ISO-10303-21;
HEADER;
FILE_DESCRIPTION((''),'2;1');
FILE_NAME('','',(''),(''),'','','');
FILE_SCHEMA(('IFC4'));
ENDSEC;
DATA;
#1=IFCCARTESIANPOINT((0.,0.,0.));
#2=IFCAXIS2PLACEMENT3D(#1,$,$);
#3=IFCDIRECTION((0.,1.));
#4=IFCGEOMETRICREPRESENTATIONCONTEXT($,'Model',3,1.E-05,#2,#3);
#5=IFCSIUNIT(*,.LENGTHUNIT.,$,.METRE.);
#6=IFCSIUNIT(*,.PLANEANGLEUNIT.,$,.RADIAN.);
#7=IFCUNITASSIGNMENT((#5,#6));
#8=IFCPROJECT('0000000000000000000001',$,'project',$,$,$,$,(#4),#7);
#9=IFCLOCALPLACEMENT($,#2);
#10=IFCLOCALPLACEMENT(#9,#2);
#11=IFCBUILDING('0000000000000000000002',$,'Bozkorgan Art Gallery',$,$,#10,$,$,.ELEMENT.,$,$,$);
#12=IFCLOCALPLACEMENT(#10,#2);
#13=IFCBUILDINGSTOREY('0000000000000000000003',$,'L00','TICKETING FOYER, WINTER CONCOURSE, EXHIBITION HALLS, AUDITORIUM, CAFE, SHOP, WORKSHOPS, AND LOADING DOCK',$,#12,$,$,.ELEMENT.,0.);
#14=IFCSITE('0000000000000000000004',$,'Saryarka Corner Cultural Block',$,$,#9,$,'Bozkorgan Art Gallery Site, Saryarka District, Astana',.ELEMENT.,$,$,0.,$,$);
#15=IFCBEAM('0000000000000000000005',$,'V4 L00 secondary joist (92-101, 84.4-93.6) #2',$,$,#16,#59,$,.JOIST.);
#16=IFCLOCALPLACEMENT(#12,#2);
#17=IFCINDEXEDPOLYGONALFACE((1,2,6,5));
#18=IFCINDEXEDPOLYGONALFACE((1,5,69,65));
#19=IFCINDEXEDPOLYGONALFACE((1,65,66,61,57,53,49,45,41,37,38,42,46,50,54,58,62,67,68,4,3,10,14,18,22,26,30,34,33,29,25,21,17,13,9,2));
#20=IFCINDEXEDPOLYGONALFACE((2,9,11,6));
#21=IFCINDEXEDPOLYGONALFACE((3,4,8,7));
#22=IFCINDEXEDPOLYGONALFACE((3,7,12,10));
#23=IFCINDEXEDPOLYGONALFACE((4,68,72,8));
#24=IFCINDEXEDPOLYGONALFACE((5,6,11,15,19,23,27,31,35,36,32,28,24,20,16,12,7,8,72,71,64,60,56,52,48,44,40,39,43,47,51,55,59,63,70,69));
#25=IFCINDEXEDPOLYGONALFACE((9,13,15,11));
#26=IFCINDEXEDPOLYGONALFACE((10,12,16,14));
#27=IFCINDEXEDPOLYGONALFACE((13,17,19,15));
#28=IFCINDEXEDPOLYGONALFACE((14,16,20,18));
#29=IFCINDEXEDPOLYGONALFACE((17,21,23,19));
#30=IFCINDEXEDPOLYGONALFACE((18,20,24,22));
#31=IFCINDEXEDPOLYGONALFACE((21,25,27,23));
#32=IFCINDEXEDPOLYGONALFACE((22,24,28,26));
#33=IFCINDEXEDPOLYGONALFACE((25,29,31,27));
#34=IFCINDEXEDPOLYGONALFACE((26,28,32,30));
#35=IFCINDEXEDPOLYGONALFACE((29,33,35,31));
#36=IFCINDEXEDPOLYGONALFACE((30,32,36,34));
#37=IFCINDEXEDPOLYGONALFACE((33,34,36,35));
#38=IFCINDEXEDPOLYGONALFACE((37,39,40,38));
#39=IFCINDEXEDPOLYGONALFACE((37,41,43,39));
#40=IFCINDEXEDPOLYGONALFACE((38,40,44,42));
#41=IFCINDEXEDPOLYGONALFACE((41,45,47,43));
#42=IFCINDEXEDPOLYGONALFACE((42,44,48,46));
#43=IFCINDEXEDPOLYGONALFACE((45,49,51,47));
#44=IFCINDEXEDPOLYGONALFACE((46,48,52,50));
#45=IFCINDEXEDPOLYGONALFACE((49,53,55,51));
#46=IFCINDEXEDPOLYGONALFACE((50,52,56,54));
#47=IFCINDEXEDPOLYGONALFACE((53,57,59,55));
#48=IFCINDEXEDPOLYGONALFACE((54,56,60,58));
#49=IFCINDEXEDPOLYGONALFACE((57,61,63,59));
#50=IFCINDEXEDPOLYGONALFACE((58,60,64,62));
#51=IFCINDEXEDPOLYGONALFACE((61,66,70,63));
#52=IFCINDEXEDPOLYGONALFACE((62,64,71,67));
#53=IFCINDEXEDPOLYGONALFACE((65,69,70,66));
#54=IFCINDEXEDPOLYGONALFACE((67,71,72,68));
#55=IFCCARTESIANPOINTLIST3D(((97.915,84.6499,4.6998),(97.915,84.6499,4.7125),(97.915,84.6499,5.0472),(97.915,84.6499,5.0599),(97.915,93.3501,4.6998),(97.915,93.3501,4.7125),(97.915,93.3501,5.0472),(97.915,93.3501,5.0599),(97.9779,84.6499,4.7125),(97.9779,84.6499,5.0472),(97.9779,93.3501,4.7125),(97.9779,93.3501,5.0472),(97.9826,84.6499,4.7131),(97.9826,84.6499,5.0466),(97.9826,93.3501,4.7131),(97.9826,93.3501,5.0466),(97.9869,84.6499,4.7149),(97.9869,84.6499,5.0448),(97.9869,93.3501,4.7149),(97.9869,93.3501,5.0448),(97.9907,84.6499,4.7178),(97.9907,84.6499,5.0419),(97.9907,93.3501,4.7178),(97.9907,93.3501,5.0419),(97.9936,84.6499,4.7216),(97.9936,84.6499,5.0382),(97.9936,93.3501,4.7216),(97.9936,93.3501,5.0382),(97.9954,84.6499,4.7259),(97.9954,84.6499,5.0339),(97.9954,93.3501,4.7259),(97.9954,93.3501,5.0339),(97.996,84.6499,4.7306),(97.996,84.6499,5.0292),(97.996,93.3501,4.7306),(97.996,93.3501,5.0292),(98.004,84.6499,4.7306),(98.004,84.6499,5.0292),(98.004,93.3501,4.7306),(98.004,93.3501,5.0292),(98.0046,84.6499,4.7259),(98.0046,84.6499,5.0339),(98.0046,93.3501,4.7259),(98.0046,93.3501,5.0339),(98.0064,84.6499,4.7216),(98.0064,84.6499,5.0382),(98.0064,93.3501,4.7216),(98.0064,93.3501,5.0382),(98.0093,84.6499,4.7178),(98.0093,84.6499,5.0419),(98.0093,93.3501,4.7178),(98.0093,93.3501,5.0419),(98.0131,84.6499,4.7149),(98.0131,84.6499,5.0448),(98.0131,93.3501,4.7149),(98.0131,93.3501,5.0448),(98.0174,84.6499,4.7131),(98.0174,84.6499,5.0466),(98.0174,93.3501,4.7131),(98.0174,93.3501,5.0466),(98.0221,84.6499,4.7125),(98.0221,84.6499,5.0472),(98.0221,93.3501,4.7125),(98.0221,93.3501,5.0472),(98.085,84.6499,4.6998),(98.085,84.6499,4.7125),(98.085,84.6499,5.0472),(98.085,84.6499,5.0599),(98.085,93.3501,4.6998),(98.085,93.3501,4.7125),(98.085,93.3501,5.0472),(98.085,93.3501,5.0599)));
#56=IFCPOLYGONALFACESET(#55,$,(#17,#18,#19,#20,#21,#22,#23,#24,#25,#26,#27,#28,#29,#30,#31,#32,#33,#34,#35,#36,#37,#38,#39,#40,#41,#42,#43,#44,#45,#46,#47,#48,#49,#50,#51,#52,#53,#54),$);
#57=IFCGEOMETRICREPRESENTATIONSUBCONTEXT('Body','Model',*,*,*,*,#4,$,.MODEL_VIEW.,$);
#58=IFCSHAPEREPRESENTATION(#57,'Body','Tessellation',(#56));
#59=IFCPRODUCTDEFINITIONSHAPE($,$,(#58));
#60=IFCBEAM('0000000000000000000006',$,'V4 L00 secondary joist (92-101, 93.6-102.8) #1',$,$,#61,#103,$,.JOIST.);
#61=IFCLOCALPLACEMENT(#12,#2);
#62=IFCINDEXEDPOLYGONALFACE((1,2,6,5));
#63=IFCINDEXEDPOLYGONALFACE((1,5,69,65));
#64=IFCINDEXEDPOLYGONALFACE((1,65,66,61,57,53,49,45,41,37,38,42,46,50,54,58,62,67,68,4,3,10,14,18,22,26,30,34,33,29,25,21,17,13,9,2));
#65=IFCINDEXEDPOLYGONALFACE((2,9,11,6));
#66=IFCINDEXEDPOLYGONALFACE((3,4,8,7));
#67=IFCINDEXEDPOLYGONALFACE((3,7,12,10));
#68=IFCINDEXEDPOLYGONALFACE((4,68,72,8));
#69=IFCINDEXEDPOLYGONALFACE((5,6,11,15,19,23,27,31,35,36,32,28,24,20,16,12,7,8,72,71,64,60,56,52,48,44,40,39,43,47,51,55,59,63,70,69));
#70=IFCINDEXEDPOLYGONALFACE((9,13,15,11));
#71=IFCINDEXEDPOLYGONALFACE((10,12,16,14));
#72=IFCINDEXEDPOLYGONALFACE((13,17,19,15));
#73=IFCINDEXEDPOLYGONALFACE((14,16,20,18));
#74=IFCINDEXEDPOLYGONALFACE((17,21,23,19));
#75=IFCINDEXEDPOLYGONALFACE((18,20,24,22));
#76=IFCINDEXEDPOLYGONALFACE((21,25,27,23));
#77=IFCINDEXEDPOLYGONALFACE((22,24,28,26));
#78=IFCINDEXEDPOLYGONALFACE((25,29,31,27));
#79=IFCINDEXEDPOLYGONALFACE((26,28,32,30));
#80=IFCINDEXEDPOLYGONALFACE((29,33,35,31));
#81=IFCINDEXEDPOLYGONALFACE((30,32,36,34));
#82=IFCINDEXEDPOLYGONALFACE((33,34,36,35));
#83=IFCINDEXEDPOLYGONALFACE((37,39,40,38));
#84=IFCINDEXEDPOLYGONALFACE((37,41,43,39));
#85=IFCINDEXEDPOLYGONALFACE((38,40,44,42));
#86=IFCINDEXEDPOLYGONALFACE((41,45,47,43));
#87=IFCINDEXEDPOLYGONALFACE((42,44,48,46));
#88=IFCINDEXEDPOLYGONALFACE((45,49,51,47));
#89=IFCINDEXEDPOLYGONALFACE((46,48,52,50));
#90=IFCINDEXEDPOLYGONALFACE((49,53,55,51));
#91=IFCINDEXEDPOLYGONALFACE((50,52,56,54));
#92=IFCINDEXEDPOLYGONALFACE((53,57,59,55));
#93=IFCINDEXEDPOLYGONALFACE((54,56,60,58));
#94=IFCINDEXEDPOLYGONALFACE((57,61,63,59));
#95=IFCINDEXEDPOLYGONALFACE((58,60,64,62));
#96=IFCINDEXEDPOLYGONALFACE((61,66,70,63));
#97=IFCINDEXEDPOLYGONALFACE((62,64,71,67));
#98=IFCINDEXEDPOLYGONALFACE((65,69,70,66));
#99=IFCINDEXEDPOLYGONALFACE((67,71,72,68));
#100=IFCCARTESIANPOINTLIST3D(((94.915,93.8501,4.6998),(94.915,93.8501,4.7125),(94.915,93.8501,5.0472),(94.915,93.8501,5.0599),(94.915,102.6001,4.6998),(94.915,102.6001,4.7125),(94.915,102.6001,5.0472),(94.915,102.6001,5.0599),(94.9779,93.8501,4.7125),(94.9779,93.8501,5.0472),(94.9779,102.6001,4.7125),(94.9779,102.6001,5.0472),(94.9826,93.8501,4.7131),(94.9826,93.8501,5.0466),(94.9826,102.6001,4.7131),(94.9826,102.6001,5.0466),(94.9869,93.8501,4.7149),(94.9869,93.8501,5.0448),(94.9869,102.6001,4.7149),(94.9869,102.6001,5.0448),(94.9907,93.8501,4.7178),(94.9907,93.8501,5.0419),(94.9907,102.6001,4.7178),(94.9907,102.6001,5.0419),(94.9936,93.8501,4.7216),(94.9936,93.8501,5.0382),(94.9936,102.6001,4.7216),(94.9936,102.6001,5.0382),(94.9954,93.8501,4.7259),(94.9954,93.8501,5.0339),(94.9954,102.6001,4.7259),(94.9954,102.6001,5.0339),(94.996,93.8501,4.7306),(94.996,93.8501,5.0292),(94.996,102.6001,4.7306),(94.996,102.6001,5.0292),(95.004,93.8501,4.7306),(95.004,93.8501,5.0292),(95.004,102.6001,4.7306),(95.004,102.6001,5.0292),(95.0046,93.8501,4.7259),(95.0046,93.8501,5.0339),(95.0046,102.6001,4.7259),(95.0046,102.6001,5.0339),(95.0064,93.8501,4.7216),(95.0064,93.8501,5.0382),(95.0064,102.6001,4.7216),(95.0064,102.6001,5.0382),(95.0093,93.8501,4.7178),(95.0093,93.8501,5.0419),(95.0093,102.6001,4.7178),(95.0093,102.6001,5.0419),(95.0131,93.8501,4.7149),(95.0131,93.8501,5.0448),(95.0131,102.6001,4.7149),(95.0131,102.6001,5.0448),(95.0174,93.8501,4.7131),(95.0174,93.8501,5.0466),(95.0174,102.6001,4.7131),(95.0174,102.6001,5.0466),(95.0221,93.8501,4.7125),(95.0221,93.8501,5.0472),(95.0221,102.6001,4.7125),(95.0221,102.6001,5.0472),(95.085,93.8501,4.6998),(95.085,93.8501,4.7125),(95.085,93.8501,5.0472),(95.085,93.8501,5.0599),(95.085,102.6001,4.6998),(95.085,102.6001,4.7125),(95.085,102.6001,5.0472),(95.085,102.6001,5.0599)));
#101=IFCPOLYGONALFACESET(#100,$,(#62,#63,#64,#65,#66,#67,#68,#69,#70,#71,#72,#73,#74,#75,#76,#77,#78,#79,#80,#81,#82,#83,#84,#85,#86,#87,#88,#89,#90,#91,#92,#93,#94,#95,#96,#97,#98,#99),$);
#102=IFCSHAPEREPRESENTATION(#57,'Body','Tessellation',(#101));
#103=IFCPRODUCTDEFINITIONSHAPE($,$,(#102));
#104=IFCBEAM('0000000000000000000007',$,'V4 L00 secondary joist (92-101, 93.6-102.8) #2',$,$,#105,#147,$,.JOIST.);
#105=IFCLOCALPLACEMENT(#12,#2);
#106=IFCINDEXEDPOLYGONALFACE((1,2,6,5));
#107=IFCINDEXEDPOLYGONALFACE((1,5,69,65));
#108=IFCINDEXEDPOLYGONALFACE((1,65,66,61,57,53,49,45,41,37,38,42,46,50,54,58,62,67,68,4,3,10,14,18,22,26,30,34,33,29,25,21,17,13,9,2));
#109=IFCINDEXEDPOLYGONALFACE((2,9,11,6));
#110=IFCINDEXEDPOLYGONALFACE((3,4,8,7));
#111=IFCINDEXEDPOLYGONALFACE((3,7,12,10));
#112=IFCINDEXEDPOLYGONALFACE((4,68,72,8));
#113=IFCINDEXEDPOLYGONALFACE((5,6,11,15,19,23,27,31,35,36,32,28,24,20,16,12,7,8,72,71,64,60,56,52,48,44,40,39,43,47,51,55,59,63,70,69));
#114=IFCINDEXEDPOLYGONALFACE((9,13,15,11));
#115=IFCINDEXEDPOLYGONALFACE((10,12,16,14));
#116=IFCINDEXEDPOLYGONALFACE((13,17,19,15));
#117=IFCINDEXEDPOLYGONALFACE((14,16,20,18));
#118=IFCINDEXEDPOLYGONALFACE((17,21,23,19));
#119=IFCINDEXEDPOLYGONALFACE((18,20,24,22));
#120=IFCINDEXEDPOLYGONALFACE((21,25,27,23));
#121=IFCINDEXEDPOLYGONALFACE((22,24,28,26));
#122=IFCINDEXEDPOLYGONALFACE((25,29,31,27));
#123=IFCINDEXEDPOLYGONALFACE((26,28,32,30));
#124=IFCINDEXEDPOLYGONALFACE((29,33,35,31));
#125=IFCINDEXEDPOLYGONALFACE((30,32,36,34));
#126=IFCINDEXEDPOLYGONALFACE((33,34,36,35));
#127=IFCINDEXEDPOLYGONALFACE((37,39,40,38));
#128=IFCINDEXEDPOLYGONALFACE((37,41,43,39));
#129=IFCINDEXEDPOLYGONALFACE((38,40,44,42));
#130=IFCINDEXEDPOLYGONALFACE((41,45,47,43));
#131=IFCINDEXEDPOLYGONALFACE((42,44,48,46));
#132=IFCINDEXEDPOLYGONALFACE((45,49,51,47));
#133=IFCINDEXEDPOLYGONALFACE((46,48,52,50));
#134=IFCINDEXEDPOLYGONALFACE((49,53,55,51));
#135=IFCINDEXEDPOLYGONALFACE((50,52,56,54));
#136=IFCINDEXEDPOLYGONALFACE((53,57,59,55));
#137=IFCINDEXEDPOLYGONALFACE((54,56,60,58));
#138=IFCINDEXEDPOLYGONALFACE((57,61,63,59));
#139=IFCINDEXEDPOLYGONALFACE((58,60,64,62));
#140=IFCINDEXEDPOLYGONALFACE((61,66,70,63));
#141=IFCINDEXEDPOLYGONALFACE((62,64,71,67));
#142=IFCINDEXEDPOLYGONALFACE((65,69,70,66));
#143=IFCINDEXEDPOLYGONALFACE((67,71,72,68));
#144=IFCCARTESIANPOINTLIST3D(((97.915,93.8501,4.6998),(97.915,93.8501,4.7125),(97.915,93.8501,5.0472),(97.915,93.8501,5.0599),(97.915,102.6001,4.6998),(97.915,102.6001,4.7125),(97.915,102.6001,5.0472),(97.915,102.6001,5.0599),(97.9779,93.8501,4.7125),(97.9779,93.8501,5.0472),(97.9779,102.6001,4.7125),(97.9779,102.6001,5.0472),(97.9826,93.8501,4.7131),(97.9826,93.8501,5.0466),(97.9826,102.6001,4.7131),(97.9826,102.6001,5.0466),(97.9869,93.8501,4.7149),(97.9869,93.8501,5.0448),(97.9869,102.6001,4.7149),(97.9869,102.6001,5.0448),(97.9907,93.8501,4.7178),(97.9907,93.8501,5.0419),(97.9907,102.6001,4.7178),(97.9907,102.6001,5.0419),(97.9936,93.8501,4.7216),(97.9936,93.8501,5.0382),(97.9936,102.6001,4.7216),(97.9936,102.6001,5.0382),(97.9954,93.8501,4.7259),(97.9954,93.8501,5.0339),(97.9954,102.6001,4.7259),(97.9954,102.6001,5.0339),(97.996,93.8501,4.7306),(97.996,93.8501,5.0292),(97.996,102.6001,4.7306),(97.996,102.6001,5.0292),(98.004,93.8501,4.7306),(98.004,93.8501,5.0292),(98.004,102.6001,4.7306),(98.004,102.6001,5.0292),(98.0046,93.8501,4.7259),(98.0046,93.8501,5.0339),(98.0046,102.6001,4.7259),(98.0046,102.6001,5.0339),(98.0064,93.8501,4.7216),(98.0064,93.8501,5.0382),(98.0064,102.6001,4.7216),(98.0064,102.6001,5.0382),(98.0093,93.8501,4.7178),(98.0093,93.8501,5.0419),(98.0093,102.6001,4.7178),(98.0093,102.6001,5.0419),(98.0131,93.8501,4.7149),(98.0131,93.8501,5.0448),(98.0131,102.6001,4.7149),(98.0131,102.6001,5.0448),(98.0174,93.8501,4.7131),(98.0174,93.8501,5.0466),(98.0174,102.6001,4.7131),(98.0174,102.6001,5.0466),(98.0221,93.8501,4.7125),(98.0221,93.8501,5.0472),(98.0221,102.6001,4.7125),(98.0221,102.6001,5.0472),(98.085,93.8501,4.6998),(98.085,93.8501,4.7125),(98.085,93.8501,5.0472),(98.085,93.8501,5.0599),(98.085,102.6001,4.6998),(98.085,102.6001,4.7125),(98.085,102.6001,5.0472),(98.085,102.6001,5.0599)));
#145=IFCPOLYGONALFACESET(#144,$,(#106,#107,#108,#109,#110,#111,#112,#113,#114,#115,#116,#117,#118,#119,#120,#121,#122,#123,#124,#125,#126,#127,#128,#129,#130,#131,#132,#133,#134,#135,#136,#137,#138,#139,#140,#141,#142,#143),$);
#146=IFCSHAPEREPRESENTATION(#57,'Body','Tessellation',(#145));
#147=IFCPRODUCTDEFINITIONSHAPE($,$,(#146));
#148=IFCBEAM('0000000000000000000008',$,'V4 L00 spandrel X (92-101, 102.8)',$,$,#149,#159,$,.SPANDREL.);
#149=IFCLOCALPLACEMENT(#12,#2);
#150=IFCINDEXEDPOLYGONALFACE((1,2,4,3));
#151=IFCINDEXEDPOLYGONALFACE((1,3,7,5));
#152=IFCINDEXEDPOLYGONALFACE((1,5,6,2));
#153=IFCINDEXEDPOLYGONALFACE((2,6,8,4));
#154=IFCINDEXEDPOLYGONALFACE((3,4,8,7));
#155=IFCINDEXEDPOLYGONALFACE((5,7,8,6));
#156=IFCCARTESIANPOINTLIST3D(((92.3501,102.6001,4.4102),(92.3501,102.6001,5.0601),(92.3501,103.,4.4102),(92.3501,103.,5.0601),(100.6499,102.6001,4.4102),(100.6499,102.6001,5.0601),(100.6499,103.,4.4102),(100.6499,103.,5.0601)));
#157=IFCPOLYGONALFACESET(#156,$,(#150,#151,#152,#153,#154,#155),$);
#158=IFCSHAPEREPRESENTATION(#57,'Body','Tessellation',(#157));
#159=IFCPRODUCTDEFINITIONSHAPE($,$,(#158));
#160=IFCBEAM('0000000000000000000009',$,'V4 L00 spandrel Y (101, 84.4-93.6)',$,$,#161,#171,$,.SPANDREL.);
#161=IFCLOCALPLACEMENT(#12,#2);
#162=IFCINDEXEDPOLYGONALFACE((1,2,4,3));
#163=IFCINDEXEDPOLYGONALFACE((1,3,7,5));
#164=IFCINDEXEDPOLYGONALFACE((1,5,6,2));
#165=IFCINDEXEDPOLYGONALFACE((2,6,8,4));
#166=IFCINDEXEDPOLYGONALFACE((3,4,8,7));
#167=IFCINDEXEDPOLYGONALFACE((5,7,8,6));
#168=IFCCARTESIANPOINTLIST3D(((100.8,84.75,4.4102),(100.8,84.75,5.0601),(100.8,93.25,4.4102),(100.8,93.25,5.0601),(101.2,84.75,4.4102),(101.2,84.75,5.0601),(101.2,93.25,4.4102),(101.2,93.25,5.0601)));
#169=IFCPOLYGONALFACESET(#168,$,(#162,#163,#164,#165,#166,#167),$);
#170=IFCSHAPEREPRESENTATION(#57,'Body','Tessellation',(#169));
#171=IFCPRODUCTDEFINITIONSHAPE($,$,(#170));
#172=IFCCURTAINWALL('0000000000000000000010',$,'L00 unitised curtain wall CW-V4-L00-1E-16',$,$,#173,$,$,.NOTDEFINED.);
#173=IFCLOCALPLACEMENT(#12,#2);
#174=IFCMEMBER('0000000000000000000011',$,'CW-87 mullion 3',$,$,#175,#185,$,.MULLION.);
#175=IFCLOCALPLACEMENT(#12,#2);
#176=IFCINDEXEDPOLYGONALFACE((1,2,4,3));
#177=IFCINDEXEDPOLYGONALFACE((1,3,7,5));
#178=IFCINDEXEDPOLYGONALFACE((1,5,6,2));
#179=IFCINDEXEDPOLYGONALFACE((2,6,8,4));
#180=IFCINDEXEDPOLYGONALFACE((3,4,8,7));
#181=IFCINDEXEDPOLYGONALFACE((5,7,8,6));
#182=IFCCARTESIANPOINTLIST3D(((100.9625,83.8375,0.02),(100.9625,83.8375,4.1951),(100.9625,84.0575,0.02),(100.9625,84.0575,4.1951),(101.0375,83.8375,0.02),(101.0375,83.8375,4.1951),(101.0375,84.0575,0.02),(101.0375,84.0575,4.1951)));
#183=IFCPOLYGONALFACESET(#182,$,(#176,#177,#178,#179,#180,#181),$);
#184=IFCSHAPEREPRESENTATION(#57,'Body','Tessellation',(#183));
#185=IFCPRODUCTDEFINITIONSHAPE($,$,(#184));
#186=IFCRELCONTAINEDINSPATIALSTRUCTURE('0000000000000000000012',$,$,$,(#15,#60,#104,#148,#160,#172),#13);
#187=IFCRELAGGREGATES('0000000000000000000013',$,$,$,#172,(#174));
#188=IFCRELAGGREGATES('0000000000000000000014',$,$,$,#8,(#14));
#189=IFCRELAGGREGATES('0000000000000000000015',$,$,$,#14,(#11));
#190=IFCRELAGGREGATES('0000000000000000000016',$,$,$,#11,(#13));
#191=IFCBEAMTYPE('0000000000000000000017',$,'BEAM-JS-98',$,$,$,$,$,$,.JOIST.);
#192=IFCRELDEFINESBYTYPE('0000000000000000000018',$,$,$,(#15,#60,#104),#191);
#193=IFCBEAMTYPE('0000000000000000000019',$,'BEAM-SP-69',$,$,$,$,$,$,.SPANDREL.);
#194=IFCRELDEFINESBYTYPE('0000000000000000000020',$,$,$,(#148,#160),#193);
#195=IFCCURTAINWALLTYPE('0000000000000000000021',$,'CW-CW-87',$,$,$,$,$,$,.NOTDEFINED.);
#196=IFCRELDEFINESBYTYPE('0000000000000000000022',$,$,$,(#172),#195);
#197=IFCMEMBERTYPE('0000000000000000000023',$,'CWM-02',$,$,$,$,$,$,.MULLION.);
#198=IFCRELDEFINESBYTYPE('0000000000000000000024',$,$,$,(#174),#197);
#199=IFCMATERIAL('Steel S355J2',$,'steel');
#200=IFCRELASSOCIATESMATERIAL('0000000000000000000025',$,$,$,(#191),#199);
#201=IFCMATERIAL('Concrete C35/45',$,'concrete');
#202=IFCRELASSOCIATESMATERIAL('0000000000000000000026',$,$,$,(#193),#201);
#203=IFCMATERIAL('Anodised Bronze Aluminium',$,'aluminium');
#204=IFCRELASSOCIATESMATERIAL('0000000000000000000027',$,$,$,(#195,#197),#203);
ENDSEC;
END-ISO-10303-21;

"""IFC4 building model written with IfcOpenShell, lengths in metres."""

from ifc_helpers import new_model, si_unit, direction, frame, origin, origin_2d, place, context, subcontext, project, spatial, rectangle, i_section, extrude, material, material_profile, profile_set, type_object, element, aggregate, save


model = new_model("IFC4")

# Units and contexts
model_context = context("Model", 3, precision=1e-05, world=origin(), true_north=direction((0.0, 1.0)))
body_context = subcontext(model_context, "Body", "Model", "MODEL_VIEW")
ifc_project = project(units=[si_unit("LENGTHUNIT", "METRE"), si_unit("PLANEANGLEUNIT", "RADIAN")], contexts=[model_context])

# Site, building, storey
site_placement = place(None, origin())
site = spatial("IfcSite", under=ifc_project, at=site_placement, Name="Saryarka Corner Cultural Block", LongName="Bozkorgan Art Gallery Site, Saryarka District, Astana", CompositionType="ELEMENT", RefElevation=0.0)
building_placement = place(site_placement, origin())
building = spatial("IfcBuilding", under=site, at=building_placement, Name="Bozkorgan Art Gallery", CompositionType="ELEMENT")
storey_placement = place(building_placement, origin())
storey = spatial("IfcBuildingStorey", under=building, at=storey_placement, Name="L00", Description="TICKETING FOYER, WINTER CONCOURSE, EXHIBITION HALLS, AUDITORIUM, CAFE, SHOP, WORKSHOPS, AND LOADING DOCK", CompositionType="ELEMENT", Elevation=0.0)

# Beams
ifc_material_1 = material(Name="Concrete C35/45", Category="concrete")
ifc_material_2 = material(Name="Steel S355J2", Category="steel")
ifc_material_profile_1 = material_profile(ifc_material_2, i_section(OverallWidth=0.1699, OverallDepth=0.3601, WebThickness=0.0081, FlangeThickness=0.0127, FilletRadius=0.0181, at=origin_2d()), Name="IPE 360")
ifc_profile_set_1 = profile_set([ifc_material_profile_1], Name="Steel S355J2")
beam_type_1 = type_object("IfcBeamType", Name="BEAM-JS-98", PredefinedType="JOIST", material=ifc_profile_set_1)
for number, where, z_axis, x_axis, name in (
    (1, (98.0, 84.6499, 4.8799), (0.0, 1.0, 0.0), (-1.0, 0.0, 0.0), "V4 L00 secondary joist (92-101, 84.4-93.6) #2"),
):
    element("IfcBeam", number, at=place(storey_placement, frame(where, z_axis=z_axis, x_axis=x_axis)), inside=storey, type_object=beam_type_1, Name=name, PredefinedType="JOIST", context=body_context, shape_type="SweptSolid", body=[
        extrude(i_section(OverallWidth=0.1699, OverallDepth=0.3601, WebThickness=0.0081, FlangeThickness=0.0127, FilletRadius=0.0181, at=origin_2d()), origin(), (0.0, 0.0, 1.0), 8.7002),
    ])
for number, where, z_axis, x_axis, name in (
    (2, (95.0, 93.8501, 4.8799), (0.0, 1.0, 0.0), (-1.0, 0.0, 0.0), "V4 L00 secondary joist (92-101, 93.6-102.8) #1"),
    (3, (98.0, 93.8501, 4.8799), (0.0, 1.0, 0.0), (-1.0, 0.0, 0.0), "V4 L00 secondary joist (92-101, 93.6-102.8) #2"),
):
    element("IfcBeam", number, at=place(storey_placement, frame(where, z_axis=z_axis, x_axis=x_axis)), inside=storey, type_object=beam_type_1, Name=name, PredefinedType="JOIST", context=body_context, shape_type="SweptSolid", body=[
        extrude(i_section(OverallWidth=0.1699, OverallDepth=0.3601, WebThickness=0.0081, FlangeThickness=0.0127, FilletRadius=0.0181, at=origin_2d()), origin(), (0.0, 0.0, 1.0), 8.75),
    ])
ifc_material_profile_2 = material_profile(ifc_material_1, rectangle(XDim=0.3999, YDim=0.6499, at=origin_2d()), Name="RC 400x650")
ifc_profile_set_2 = profile_set([ifc_material_profile_2], Name="Concrete C35/45")
beam_type_2 = type_object("IfcBeamType", Name="BEAM-SP-69", PredefinedType="SPANDREL", material=ifc_profile_set_2)
beam_1_placement = place(storey_placement, frame((92.3501, 102.8, 4.7351), z_axis=(1.0, 0.0, 0.0), x_axis=(0.0, 1.0, 0.0)))
element("IfcBeam", 4, at=beam_1_placement, inside=storey, type_object=beam_type_2, Name="V4 L00 spandrel X (92-101, 102.8)", PredefinedType="SPANDREL", context=body_context, shape_type="SweptSolid", body=[
    extrude(rectangle(XDim=0.3999, YDim=0.6499, at=origin_2d()), origin(), (0.0, 0.0, 1.0), 8.2998),
])
beam_2_placement = place(storey_placement, frame((101.0, 84.75, 4.7351), z_axis=(0.0, 1.0, 0.0), x_axis=(-1.0, 0.0, 0.0)))
element("IfcBeam", 5, at=beam_2_placement, inside=storey, type_object=beam_type_2, Name="V4 L00 spandrel Y (101, 84.4-93.6)", PredefinedType="SPANDREL", context=body_context, shape_type="SweptSolid", body=[
    extrude(rectangle(XDim=0.3999, YDim=0.6499, at=origin_2d()), origin(), (0.0, 0.0, 1.0), 8.5),
])

# Curtain wall, member
ifc_material_3 = material(Name="Anodised Bronze Aluminium", Category="aluminium")
curtain_wall_type = type_object("IfcCurtainWallType", Name="CW-CW-87", PredefinedType="NOTDEFINED", material=ifc_material_3)
curtain_wall_placement = place(storey_placement, origin())
curtain_wall = element("IfcCurtainWall", 6, at=curtain_wall_placement, inside=storey, type_object=curtain_wall_type, Name="L00 unitised curtain wall CW-V4-L00-1E-16", PredefinedType="NOTDEFINED")
ifc_material_profile_3 = material_profile(ifc_material_3, rectangle(XDim=0.075, YDim=0.22, at=origin_2d()), Name="ALU MULLION 75x220")
ifc_profile_set_3 = profile_set([ifc_material_profile_3], Name="Anodised Bronze Aluminium")
member_type = type_object("IfcMemberType", Name="CWM-02", PredefinedType="MULLION", material=ifc_profile_set_3)
member_placement = place(storey_placement, frame((101.0, 83.9475, 0.02), z_axis=(0.0, 0.0, 1.0), x_axis=(-1.0, 0.0, 0.0)))
member = element("IfcMember", 7, at=member_placement, type_object=member_type, Name="CW-87 mullion 3", PredefinedType="MULLION", context=body_context, shape_type="SweptSolid", body=[
    extrude(rectangle(XDim=0.075, YDim=0.22, at=origin_2d()), origin(), (0.0, 0.0, 1.0), 4.175),
])
aggregate(curtain_wall, [member])

save(model, "model.ifc")
